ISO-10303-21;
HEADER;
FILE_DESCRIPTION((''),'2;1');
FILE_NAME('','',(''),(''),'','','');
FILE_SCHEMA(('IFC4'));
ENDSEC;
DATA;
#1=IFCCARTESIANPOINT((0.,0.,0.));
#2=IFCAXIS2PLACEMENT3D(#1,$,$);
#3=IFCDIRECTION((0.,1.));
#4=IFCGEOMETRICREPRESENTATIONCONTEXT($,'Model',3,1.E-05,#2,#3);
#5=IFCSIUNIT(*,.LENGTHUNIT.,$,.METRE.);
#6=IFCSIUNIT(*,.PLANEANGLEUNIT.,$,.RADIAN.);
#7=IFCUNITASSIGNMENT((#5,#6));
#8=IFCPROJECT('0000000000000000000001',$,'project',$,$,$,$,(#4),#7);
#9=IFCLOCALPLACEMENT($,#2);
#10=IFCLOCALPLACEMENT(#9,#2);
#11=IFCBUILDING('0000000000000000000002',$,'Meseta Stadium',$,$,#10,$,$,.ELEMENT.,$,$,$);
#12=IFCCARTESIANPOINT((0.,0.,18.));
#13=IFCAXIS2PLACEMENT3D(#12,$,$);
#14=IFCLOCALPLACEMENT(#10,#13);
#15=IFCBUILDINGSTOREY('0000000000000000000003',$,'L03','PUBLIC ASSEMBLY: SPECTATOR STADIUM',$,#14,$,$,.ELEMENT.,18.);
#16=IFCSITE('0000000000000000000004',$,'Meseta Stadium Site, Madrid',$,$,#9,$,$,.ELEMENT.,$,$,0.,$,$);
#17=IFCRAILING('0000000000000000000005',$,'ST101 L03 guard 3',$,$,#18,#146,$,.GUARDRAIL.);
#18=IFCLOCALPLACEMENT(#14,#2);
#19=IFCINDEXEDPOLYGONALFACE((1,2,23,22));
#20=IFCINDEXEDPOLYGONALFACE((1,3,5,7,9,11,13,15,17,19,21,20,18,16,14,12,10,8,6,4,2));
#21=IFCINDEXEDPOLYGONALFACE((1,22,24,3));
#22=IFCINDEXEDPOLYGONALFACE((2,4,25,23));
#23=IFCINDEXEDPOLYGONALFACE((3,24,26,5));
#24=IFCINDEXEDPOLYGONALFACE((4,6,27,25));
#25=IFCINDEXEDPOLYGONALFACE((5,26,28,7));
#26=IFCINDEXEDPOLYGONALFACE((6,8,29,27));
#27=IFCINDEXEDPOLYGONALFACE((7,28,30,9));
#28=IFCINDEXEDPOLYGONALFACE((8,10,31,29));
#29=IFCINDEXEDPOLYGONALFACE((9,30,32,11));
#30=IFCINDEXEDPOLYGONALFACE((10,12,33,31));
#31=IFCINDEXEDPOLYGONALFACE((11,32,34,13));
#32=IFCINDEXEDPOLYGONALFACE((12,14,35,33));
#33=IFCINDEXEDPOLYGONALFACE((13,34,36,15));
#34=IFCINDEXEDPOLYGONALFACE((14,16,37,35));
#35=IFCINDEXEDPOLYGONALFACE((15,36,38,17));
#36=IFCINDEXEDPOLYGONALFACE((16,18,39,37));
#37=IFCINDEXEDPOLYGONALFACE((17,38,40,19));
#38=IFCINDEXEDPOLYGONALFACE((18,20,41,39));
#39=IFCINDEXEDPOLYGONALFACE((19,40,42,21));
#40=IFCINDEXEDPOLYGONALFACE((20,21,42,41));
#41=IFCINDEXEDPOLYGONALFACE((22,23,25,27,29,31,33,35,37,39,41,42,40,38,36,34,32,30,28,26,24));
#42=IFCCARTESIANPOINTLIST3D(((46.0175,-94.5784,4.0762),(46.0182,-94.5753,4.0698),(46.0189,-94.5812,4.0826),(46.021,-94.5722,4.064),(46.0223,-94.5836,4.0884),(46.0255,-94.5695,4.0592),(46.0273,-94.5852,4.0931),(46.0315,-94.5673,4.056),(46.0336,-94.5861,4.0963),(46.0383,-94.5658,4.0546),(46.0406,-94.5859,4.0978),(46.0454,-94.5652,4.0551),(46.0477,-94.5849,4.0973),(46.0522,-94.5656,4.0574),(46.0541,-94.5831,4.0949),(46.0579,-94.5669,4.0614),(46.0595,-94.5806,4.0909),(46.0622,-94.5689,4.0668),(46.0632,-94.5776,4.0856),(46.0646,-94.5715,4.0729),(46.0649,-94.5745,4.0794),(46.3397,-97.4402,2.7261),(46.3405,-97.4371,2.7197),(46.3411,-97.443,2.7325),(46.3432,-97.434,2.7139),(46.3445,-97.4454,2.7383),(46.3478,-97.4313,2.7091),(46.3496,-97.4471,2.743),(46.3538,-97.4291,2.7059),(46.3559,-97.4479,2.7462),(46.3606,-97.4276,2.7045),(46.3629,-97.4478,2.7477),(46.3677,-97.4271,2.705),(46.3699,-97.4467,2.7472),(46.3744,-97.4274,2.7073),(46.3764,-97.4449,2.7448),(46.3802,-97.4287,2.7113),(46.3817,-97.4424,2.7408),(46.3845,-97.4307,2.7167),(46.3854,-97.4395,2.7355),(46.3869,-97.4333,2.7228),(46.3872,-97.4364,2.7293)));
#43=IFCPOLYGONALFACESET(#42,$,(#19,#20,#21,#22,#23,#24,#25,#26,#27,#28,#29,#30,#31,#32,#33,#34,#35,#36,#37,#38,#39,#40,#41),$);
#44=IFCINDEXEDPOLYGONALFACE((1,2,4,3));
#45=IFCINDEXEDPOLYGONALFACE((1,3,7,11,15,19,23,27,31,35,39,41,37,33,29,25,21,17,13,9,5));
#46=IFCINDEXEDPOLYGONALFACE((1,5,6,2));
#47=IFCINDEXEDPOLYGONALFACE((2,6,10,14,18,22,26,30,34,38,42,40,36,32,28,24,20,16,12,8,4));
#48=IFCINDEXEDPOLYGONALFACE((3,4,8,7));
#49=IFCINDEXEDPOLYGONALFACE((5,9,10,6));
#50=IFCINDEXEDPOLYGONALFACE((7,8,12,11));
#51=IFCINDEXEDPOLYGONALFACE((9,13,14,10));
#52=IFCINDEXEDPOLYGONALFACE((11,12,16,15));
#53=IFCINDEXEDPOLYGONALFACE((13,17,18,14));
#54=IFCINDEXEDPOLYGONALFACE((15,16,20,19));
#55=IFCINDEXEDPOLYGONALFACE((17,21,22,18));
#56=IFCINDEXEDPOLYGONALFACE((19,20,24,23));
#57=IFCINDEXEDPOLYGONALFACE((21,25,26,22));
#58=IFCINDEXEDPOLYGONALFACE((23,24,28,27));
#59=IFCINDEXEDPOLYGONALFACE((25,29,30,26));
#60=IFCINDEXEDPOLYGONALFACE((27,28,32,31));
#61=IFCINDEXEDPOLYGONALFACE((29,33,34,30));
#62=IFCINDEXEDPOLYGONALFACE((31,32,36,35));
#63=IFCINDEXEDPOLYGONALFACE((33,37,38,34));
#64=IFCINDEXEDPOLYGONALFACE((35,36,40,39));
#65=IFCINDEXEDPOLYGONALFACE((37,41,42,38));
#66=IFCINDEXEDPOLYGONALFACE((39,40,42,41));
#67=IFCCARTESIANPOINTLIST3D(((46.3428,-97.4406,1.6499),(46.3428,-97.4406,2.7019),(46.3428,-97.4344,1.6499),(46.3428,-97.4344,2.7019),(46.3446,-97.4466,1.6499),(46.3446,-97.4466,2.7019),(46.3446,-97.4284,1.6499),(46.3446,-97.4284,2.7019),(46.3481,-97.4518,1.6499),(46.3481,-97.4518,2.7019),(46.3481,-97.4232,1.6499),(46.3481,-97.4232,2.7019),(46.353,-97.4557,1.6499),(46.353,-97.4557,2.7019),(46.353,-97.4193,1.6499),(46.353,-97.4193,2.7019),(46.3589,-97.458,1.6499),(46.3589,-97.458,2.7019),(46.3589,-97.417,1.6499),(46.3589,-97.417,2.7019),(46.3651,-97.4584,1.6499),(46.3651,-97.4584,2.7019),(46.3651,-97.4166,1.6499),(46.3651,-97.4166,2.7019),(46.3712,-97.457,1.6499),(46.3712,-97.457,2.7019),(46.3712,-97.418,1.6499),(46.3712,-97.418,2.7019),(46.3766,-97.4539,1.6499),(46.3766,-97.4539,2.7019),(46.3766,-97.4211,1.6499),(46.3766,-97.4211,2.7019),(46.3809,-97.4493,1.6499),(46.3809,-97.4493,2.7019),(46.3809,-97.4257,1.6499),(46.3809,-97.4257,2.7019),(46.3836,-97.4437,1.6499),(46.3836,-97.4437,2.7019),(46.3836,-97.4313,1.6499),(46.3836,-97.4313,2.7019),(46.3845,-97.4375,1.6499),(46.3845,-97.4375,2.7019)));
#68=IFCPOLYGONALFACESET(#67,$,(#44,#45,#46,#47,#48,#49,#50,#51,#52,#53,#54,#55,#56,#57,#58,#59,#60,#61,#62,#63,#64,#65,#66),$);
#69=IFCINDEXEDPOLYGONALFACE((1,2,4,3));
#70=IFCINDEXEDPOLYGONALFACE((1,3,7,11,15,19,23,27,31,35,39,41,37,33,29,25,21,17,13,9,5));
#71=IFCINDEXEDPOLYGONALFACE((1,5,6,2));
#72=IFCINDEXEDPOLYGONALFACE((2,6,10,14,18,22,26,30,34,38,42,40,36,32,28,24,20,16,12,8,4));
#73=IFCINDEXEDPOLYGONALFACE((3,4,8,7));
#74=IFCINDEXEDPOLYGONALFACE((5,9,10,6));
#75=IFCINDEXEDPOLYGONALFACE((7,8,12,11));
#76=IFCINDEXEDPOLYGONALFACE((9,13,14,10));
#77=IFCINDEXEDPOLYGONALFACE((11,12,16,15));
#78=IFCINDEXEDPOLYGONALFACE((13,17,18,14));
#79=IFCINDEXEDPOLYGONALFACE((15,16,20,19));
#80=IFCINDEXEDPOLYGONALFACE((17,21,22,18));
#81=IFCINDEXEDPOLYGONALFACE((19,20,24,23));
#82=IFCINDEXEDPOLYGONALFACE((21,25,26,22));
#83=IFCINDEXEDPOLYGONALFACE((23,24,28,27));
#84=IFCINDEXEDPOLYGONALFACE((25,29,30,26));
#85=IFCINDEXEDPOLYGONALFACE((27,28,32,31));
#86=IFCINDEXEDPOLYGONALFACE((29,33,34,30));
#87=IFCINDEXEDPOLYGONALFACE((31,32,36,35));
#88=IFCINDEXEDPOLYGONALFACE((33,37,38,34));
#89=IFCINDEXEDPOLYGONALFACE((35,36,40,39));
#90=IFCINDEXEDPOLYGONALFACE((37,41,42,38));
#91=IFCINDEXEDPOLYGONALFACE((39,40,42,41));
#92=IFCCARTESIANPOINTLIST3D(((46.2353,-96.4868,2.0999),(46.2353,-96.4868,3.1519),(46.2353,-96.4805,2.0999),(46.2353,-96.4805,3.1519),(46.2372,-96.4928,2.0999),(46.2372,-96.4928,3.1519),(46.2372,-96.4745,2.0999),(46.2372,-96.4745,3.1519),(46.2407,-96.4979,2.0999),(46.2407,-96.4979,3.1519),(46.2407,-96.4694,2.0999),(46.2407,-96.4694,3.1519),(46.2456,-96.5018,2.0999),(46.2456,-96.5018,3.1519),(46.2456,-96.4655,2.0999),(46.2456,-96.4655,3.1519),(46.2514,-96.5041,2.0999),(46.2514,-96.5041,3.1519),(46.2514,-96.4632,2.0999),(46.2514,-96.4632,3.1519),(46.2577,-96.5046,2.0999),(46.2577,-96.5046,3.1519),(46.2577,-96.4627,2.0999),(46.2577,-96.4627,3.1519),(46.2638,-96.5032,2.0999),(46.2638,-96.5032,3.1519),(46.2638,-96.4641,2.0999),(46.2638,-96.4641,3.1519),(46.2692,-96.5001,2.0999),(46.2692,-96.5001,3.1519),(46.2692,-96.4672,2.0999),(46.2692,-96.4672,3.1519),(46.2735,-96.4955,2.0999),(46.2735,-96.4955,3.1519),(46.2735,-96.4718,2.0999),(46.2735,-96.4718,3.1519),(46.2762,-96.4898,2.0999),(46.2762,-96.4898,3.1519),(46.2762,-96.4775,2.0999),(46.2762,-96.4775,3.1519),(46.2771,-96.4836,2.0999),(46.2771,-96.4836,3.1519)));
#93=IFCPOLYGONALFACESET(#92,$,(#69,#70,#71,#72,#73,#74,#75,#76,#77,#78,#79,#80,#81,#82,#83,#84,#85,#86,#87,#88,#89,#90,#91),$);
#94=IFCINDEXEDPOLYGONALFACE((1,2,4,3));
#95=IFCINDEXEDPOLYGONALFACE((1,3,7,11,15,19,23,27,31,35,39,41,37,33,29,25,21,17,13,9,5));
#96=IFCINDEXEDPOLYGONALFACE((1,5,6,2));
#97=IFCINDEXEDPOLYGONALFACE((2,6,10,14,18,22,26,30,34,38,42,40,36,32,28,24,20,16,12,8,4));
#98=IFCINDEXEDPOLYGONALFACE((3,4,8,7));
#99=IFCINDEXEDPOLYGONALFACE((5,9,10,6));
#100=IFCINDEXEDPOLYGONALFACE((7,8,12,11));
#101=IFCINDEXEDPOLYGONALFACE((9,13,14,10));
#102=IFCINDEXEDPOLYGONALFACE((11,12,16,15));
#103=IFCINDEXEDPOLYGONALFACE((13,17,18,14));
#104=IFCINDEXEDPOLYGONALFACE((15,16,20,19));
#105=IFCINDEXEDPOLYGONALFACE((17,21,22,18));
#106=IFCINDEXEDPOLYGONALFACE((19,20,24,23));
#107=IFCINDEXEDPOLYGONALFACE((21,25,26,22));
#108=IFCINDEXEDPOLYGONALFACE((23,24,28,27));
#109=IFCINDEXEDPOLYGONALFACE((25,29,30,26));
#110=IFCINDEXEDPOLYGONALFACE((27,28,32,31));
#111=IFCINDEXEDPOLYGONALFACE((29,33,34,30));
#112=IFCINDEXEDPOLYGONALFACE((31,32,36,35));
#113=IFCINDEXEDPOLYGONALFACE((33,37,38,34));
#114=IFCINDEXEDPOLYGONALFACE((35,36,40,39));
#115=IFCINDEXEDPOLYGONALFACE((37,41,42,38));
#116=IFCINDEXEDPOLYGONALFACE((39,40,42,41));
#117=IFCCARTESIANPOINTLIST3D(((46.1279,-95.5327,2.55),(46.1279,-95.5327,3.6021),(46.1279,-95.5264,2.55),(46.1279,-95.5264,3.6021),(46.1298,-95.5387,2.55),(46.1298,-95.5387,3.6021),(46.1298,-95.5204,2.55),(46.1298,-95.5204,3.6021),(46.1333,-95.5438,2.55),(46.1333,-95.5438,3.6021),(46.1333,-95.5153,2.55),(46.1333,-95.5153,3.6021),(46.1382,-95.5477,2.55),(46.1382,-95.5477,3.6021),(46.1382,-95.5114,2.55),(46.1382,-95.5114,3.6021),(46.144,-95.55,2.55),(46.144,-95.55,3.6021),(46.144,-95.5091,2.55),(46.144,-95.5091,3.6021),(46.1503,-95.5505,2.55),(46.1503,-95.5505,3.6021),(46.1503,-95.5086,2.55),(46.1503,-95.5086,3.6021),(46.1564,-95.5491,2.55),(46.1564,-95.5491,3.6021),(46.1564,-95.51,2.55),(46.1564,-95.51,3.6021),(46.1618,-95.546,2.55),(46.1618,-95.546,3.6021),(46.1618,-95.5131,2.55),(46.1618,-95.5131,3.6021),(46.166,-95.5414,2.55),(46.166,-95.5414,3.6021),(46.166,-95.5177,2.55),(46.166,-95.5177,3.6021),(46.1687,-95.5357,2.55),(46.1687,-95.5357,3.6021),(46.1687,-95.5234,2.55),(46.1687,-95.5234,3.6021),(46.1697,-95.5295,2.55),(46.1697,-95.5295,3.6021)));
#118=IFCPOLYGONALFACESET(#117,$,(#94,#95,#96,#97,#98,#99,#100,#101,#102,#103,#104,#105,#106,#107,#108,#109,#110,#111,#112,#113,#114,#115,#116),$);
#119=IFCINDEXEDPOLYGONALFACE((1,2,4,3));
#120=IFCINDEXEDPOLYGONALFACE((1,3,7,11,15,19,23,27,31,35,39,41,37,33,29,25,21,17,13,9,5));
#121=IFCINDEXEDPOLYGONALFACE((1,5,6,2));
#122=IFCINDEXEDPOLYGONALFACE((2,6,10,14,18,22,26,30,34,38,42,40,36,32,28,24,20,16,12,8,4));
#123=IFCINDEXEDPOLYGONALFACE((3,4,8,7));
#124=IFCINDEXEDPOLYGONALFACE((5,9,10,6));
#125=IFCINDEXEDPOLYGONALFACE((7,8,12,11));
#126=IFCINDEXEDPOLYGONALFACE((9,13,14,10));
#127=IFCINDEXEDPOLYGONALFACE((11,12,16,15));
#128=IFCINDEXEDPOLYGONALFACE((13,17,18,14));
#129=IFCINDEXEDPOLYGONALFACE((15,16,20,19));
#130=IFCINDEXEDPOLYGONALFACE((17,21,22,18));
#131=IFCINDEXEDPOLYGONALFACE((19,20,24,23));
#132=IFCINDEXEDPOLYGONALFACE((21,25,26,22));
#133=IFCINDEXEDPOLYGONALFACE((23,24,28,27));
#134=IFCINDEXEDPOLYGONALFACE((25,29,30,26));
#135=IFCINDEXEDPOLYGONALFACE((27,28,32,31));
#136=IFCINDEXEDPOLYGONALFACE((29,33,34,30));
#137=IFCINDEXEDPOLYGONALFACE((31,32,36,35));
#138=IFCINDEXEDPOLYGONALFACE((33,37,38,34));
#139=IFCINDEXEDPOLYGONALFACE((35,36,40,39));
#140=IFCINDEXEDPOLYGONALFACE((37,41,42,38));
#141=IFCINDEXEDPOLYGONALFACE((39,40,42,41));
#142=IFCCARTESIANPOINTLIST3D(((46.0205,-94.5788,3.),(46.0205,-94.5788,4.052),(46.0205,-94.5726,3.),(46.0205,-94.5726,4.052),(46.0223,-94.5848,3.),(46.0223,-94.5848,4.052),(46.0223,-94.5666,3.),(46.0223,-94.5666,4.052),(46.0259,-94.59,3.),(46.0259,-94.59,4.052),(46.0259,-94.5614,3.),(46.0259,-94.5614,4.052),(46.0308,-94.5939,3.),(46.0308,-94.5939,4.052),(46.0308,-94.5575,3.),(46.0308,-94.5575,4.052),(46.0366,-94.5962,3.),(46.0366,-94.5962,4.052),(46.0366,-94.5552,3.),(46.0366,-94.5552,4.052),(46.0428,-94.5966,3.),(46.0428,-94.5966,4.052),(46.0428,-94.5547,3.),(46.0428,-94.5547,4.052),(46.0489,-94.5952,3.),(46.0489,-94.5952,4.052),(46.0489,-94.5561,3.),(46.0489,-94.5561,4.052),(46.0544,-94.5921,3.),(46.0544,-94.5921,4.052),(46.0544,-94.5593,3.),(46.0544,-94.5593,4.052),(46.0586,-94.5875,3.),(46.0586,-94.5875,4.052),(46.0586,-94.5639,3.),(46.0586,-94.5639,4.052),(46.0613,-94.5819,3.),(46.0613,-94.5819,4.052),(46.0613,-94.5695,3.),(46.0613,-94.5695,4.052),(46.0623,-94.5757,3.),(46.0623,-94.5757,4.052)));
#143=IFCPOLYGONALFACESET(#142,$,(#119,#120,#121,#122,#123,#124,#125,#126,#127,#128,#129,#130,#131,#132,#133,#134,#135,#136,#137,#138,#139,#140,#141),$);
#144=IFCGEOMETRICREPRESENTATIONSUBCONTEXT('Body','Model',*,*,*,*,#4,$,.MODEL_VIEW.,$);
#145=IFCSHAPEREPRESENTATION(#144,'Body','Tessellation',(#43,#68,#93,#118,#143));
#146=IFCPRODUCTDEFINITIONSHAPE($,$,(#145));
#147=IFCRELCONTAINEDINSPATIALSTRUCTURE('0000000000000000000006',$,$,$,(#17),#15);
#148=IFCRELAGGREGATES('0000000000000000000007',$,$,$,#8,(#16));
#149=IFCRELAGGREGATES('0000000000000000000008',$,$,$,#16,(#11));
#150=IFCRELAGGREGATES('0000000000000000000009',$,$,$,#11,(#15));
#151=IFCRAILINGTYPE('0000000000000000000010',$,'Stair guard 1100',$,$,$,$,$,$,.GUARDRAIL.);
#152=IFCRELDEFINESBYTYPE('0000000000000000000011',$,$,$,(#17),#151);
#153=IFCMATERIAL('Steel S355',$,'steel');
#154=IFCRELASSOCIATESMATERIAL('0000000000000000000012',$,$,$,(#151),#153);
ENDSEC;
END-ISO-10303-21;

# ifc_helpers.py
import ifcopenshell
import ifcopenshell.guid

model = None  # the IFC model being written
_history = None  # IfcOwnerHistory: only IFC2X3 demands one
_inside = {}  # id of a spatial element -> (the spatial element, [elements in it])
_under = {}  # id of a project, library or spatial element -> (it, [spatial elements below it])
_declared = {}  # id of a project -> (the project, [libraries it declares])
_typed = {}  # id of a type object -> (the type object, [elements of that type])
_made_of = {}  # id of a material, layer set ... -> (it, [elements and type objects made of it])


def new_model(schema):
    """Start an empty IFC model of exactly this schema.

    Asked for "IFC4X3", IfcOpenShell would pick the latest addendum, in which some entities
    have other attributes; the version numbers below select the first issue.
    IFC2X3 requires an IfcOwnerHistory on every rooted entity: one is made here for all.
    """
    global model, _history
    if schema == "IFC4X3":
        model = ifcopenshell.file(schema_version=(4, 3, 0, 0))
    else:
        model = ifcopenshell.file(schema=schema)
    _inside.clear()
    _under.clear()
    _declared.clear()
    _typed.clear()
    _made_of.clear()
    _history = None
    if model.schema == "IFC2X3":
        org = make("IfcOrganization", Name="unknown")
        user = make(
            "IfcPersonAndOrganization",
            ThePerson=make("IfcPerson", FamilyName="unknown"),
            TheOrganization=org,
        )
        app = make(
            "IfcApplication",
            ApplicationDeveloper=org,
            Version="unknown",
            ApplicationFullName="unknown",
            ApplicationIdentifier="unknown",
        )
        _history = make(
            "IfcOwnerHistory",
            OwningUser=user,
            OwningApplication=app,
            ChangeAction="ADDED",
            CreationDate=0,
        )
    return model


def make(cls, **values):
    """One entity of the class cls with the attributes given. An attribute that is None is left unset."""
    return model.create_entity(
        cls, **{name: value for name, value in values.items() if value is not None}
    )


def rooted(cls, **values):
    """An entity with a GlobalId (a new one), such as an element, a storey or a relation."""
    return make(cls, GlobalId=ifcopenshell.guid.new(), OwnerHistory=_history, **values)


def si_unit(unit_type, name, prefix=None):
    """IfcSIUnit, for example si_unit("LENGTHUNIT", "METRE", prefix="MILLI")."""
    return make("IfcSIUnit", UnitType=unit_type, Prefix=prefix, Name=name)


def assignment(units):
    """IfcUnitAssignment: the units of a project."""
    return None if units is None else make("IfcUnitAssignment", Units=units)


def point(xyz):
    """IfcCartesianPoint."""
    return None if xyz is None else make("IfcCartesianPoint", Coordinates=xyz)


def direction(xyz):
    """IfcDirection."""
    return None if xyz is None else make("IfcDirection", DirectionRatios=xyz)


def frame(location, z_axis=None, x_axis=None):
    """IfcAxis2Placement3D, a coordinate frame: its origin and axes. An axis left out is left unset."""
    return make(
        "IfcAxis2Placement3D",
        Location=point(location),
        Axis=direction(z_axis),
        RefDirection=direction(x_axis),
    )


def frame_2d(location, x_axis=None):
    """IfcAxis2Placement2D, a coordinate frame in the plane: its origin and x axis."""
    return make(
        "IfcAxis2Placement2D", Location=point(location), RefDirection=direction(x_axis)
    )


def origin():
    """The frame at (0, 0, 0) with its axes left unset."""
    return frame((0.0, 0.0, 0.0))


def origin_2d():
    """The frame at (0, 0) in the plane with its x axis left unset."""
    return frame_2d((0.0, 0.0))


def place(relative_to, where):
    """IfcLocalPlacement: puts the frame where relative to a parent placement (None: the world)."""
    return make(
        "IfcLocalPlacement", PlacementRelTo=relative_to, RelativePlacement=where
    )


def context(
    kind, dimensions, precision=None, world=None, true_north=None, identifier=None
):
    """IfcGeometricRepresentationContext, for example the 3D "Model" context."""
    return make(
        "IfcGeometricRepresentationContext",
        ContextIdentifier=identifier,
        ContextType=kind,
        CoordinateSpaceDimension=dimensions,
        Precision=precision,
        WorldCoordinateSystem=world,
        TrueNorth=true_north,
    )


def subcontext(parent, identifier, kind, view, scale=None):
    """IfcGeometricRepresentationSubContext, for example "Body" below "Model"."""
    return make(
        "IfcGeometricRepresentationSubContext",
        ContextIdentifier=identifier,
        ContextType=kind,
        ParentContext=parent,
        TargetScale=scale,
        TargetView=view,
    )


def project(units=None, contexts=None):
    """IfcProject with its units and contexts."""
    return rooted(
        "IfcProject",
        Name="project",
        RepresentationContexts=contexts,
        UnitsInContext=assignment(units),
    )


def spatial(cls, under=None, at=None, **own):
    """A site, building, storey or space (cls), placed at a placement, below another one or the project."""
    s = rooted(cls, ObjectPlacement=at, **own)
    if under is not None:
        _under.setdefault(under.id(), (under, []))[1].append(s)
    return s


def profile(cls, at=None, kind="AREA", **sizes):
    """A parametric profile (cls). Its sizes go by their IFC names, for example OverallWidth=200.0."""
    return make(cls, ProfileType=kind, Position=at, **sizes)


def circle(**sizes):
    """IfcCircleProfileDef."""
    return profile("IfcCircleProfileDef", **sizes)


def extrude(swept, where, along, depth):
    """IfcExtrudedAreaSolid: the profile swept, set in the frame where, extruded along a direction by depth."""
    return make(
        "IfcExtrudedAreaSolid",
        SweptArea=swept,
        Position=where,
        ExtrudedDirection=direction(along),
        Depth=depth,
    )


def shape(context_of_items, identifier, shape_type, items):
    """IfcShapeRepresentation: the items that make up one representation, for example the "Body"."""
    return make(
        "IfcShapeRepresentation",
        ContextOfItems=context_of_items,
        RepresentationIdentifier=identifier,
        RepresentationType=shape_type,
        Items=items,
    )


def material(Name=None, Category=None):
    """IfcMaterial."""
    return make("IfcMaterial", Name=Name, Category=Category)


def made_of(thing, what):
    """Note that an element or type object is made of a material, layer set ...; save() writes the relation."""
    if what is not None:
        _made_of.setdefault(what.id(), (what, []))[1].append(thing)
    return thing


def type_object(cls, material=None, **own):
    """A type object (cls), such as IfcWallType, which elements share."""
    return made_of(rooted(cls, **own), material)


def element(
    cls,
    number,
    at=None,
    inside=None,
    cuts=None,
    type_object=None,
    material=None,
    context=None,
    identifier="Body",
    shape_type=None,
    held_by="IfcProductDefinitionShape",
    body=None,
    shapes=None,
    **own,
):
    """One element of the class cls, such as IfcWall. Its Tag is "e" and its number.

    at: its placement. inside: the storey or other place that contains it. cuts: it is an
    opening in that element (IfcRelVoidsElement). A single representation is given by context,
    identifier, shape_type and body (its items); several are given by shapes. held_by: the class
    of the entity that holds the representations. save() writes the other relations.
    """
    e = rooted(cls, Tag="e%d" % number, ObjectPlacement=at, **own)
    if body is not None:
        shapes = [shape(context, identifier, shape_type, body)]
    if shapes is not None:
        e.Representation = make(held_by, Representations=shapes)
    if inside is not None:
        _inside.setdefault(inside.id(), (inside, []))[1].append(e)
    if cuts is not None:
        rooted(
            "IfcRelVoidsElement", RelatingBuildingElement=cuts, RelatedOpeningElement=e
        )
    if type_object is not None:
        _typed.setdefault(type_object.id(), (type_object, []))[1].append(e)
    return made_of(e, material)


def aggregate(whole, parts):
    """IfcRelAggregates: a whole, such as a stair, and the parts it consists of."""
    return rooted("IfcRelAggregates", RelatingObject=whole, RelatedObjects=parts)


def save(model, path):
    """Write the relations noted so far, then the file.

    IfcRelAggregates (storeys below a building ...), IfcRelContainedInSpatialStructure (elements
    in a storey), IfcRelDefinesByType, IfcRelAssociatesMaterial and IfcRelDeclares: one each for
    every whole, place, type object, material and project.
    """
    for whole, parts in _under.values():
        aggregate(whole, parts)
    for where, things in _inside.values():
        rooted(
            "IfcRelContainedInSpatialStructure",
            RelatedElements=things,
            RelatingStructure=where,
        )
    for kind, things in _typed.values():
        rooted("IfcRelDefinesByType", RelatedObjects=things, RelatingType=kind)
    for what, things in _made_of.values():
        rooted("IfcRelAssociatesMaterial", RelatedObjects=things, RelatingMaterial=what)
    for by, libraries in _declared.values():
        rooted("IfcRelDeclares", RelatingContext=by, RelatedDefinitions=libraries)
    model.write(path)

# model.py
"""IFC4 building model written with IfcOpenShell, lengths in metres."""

from ifc_helpers import new_model, si_unit, direction, frame, origin, origin_2d, place, context, subcontext, project, spatial, circle, extrude, material, type_object, element, save


model = new_model("IFC4")

# Units and contexts
model_context = context("Model", 3, precision=1e-05, world=origin(), true_north=direction((0.0, 1.0)))
body_context = subcontext(model_context, "Body", "Model", "MODEL_VIEW")
ifc_project = project(units=[si_unit("LENGTHUNIT", "METRE"), si_unit("PLANEANGLEUNIT", "RADIAN")], contexts=[model_context])

# Site, building, storey
site_placement = place(None, origin())
site = spatial("IfcSite", under=ifc_project, at=site_placement, Name="Meseta Stadium Site, Madrid", CompositionType="ELEMENT", RefElevation=0.0)
building_placement = place(site_placement, origin())
building = spatial("IfcBuilding", under=site, at=building_placement, Name="Meseta Stadium", CompositionType="ELEMENT")
storey_placement = place(building_placement, frame((0.0, 0.0, 18.0)))
storey = spatial("IfcBuildingStorey", under=building, at=storey_placement, Name="L03", Description="PUBLIC ASSEMBLY: SPECTATOR STADIUM", CompositionType="ELEMENT", Elevation=18.0)

# Railing
ifc_material_1 = material(Name="Steel S355", Category="steel")
railing_type_1 = type_object("IfcRailingType", Name="Stair guard 1100", PredefinedType="GUARDRAIL", material=ifc_material_1)
railing_1_placement = place(storey_placement, frame((46.3635, -97.4375, 1.6499)))
element("IfcRailing", 1, at=railing_1_placement, inside=storey, type_object=railing_type_1, Name="ST101 L03 guard 3", PredefinedType="GUARDRAIL", context=body_context, shape_type="SweptSolid", body=[
    extrude(circle(Radius=0.0239, at=origin_2d()), frame((0.0, 0.0, 1.0762), z_axis=(-0.10132, 0.899755, 0.424471), x_axis=(-0.993719, -0.111902, 0.0)), (0.0, 0.0, 1.0), 3.1807),
    extrude(circle(Radius=0.021, at=origin_2d()), origin(), (0.0, 0.0, 1.0), 1.052),
    extrude(circle(Radius=0.021, at=origin_2d()), frame((-0.1074, 0.9539, 0.45)), (0.0, 0.0, 1.0), 1.052),
    extrude(circle(Radius=0.021, at=origin_2d()), frame((-0.2148, 1.908, 0.9001)), (0.0, 0.0, 1.0), 1.052),
    extrude(circle(Radius=0.021, at=origin_2d()), frame((-0.3223, 2.8618, 1.3501)), (0.0, 0.0, 1.0), 1.052),
])

save(model, "model.ifc")
